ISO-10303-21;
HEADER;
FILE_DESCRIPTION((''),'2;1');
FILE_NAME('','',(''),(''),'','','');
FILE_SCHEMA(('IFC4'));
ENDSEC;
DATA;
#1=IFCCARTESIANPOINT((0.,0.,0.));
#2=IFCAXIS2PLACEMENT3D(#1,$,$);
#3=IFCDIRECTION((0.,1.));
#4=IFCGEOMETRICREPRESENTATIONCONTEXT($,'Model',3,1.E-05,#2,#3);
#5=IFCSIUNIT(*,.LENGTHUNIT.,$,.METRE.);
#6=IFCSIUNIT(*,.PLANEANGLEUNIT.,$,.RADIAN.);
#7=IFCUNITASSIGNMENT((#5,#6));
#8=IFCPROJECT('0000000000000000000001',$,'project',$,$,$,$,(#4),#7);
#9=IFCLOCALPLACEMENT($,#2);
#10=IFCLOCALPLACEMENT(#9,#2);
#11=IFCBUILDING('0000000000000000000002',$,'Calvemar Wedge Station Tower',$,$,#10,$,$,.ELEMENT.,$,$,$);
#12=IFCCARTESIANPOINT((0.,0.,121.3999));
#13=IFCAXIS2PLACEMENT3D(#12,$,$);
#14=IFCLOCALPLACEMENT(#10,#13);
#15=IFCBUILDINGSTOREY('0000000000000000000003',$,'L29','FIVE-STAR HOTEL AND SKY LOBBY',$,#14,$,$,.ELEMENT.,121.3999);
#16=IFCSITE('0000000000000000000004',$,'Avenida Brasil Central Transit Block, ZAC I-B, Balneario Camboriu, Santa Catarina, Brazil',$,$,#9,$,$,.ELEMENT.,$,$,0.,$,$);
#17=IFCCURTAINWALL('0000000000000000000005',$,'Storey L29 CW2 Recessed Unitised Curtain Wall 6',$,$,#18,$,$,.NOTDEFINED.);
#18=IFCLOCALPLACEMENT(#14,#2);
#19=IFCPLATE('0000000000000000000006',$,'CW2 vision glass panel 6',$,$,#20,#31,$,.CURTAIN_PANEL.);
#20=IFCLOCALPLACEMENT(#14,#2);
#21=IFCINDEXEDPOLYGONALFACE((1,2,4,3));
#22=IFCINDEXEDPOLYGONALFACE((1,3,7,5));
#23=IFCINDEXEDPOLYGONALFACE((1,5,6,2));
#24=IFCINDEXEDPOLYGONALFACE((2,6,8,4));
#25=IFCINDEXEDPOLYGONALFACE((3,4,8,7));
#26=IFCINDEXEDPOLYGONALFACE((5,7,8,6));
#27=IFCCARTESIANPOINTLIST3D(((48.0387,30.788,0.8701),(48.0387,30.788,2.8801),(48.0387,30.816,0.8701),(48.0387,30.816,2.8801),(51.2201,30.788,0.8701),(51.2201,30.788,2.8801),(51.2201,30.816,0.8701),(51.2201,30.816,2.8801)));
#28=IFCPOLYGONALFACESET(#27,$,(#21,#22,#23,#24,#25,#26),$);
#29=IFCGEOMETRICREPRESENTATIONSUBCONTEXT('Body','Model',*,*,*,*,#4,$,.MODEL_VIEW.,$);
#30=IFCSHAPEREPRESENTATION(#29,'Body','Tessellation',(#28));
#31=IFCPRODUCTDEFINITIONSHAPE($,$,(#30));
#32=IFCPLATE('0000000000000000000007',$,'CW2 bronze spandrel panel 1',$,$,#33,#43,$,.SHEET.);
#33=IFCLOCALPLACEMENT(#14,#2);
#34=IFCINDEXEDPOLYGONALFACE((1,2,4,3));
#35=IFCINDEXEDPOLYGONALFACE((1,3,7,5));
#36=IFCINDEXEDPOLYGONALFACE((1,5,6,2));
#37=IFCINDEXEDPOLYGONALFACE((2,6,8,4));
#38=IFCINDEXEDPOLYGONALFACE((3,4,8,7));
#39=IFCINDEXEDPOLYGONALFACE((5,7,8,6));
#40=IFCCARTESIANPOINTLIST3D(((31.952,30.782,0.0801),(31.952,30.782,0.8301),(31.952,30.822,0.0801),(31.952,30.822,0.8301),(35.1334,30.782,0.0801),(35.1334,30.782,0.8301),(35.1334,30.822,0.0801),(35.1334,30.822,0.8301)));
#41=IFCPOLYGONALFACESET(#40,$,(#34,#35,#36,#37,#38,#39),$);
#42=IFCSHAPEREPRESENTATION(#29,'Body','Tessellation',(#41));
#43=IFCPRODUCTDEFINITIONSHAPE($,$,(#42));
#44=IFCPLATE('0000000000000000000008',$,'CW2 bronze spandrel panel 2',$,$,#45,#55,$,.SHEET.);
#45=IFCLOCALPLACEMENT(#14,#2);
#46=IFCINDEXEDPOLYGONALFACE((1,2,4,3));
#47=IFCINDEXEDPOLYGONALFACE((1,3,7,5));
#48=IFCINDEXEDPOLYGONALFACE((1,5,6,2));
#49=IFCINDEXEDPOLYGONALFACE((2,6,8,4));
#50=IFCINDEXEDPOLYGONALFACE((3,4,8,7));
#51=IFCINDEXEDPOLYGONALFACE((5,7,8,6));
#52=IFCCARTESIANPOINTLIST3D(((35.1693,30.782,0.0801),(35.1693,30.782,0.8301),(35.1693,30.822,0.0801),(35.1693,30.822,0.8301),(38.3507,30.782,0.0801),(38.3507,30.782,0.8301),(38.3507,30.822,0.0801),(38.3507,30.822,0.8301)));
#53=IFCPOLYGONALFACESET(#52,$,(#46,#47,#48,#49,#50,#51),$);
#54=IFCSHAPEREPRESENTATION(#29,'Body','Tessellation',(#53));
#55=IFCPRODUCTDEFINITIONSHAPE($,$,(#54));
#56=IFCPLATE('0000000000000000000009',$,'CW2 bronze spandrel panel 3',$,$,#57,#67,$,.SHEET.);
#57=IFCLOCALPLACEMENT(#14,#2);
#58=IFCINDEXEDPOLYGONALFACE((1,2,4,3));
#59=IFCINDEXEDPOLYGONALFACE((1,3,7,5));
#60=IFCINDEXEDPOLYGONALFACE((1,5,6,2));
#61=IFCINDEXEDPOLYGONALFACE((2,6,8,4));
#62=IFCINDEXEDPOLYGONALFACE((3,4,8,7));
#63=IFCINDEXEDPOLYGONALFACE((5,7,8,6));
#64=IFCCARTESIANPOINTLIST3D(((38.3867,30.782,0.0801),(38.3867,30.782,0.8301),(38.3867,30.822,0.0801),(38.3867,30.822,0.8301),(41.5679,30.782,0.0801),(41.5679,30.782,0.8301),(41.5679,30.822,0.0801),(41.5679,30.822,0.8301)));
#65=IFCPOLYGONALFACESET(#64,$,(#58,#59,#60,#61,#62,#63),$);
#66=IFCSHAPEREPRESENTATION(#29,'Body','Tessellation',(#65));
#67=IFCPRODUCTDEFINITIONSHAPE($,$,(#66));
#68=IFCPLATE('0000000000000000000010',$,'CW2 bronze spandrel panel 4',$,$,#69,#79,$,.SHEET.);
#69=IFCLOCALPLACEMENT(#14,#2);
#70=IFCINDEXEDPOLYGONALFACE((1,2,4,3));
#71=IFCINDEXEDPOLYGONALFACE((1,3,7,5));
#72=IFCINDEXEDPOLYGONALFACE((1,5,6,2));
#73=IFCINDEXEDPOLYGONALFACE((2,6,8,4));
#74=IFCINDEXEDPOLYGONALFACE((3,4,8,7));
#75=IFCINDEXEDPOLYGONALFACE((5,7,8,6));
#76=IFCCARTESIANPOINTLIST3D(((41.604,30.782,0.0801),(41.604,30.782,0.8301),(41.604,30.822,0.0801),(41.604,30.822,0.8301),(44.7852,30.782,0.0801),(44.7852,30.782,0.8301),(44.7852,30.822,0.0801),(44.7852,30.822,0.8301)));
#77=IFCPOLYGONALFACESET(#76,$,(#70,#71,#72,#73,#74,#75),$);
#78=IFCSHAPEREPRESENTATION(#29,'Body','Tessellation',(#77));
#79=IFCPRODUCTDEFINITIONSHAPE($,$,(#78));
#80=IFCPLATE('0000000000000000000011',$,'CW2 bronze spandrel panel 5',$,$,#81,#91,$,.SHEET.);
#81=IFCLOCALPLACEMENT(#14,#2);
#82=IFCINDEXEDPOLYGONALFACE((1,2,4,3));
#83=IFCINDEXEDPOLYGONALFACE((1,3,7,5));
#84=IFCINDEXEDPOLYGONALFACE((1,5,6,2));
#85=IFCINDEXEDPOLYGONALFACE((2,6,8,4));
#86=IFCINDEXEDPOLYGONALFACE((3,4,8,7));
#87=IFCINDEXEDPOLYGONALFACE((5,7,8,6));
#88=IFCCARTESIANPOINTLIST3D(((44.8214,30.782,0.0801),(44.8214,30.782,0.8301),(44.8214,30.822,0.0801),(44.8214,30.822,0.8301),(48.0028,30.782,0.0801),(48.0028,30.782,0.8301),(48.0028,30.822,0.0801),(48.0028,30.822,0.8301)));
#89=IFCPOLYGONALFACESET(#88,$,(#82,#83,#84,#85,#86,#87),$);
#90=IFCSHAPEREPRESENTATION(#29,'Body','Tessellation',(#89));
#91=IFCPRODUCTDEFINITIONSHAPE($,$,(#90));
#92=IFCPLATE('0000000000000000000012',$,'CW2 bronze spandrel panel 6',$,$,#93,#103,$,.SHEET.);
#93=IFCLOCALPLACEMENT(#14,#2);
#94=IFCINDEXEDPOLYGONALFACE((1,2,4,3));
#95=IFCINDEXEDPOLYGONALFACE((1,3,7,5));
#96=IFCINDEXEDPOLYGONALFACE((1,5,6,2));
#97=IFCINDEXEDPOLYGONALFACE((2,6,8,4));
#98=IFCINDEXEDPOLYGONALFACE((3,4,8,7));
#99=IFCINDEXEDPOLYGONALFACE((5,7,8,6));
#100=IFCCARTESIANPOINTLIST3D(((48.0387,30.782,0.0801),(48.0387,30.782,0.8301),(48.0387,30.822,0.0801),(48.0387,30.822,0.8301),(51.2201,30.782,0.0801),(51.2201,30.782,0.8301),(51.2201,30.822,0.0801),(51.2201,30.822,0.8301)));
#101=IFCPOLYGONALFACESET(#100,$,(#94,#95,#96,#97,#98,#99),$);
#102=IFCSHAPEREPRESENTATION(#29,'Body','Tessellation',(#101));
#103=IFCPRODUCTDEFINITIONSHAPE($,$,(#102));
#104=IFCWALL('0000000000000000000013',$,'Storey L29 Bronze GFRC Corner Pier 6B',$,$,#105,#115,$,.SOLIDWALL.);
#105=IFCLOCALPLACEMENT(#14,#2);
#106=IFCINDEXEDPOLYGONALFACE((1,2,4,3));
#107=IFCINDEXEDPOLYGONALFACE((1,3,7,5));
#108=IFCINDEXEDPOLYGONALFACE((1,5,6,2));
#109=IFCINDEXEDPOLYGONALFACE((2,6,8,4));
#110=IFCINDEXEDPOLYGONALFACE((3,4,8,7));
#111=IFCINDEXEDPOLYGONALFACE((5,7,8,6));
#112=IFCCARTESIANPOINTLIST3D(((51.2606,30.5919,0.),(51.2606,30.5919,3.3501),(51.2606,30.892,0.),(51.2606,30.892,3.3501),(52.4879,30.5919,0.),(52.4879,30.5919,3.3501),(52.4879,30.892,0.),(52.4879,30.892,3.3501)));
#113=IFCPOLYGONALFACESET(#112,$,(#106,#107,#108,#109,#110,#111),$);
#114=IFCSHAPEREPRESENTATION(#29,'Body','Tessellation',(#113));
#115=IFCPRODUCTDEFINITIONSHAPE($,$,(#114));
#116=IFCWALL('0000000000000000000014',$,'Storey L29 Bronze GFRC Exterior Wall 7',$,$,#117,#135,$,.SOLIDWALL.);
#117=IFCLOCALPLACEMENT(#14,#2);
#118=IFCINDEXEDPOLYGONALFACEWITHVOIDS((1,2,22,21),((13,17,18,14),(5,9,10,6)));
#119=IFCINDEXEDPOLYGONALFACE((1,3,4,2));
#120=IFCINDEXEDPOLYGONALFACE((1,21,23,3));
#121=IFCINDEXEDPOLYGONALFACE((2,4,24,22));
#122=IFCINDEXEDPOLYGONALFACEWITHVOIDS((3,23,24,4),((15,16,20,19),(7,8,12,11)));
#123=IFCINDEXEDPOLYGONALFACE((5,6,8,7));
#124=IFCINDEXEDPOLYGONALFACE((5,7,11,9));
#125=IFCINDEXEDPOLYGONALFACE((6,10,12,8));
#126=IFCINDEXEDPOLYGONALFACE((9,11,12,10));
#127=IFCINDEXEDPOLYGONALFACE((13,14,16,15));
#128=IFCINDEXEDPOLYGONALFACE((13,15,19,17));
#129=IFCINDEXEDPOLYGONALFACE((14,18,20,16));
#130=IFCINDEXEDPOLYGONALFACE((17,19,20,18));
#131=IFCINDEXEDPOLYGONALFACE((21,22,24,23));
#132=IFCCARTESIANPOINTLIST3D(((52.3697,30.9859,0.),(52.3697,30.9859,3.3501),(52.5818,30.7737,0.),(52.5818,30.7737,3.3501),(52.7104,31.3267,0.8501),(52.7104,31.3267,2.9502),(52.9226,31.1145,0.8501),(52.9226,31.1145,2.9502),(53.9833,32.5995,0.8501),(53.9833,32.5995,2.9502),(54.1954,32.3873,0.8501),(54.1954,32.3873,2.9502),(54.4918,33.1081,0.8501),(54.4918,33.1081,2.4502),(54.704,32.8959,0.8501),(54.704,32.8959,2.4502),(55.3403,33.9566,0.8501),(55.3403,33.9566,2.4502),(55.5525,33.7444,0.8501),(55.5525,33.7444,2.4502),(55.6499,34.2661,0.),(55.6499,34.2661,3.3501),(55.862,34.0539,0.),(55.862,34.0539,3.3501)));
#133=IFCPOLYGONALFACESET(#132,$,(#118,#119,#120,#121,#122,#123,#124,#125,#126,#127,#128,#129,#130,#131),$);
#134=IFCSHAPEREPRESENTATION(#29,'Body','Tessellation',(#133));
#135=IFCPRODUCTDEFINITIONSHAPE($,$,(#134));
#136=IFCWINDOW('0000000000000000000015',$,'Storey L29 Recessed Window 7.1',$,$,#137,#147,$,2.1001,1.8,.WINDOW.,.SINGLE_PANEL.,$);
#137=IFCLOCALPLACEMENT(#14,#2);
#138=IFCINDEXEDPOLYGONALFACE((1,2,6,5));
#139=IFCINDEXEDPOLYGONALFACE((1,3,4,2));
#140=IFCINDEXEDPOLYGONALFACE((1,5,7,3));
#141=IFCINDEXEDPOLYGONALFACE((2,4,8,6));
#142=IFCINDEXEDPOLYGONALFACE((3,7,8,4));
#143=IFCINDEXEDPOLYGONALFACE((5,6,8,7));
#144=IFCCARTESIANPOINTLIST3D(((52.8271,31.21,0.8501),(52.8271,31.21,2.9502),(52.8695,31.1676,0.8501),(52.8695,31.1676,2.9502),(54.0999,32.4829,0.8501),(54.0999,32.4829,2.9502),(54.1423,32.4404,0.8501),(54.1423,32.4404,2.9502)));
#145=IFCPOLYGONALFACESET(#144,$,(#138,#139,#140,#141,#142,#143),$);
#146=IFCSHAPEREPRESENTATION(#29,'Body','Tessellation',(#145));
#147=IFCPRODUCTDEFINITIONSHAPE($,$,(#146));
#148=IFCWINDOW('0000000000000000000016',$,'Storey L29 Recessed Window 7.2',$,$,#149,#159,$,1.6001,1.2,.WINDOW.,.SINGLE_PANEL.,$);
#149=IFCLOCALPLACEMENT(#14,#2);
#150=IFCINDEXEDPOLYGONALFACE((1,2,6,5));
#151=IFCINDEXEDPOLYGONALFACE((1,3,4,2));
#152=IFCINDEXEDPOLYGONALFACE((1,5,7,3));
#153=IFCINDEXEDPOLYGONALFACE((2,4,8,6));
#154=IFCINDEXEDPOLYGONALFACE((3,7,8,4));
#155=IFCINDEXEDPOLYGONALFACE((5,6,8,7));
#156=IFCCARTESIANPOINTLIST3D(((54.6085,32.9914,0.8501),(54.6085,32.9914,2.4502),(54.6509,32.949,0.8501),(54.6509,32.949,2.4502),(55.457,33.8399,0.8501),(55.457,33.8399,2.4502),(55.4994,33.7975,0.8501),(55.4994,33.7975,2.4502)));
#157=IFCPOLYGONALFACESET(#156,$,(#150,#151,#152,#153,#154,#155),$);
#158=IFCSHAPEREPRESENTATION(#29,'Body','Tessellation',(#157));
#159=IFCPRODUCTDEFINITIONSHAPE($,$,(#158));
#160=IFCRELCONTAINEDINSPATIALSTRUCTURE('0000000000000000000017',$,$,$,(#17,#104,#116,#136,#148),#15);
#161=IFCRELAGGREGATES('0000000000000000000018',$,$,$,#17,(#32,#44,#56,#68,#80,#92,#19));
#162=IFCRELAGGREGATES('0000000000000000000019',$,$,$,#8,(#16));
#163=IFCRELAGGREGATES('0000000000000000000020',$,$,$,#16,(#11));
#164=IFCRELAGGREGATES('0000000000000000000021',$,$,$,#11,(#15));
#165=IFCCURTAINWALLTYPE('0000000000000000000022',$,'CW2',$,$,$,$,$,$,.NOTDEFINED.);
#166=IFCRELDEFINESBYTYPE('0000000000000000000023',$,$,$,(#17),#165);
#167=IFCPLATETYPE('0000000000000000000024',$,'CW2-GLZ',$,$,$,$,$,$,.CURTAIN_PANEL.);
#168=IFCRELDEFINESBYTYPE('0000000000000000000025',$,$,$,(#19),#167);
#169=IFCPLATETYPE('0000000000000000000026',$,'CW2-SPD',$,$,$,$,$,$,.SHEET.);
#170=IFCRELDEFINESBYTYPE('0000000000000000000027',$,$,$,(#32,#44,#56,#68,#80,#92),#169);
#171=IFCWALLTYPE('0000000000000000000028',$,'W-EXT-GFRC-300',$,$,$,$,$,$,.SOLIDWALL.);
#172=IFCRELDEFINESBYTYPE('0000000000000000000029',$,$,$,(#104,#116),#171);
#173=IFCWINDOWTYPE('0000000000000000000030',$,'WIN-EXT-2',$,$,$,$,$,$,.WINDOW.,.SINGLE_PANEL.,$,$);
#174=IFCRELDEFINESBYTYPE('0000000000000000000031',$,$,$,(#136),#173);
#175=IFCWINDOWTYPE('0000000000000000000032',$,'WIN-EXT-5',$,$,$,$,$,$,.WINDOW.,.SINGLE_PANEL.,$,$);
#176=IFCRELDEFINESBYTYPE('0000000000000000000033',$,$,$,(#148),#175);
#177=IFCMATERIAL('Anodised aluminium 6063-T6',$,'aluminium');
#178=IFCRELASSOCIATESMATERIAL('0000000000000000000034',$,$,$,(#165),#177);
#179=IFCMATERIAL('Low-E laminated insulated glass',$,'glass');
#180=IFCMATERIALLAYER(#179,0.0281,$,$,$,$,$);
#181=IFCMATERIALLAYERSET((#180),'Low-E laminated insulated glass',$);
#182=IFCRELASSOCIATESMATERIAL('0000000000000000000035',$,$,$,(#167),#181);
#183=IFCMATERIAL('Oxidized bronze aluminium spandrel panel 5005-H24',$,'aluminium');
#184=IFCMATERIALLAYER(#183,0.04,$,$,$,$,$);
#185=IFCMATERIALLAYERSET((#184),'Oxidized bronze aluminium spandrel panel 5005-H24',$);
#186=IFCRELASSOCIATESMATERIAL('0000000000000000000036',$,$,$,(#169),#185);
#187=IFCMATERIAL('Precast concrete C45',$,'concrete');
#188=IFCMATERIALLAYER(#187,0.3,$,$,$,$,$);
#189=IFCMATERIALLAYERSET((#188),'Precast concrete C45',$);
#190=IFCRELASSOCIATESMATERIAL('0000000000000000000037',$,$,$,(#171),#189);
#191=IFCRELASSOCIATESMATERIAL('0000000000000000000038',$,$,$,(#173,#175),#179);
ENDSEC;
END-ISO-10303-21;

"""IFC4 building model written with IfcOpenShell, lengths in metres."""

from ifc_helpers import new_model, si_unit, direction, frame, frame_2d, origin, place, context, subcontext, project, spatial, rectangle, extrude, source, transform, mapped, material, layer, layer_set, type_object, element, fill, aggregate, save


model = new_model("IFC4")

# Units and contexts
model_context = context("Model", 3, precision=1e-05, world=origin(), true_north=direction((0.0, 1.0)))
body_context = subcontext(model_context, "Body", "Model", "MODEL_VIEW")
ifc_project = project(units=[si_unit("LENGTHUNIT", "METRE"), si_unit("PLANEANGLEUNIT", "RADIAN")], contexts=[model_context])

# Site, building, storey
site_placement = place(None, origin())
site = spatial("IfcSite", under=ifc_project, at=site_placement, Name="Avenida Brasil Central Transit Block, ZAC I-B, Balneario Camboriu, Santa Catarina, Brazil", CompositionType="ELEMENT", RefElevation=0.0)
building_placement = place(site_placement, origin())
building = spatial("IfcBuilding", under=site, at=building_placement, Name="Calvemar Wedge Station Tower", CompositionType="ELEMENT")
storey_placement = place(building_placement, frame((0.0, 0.0, 121.3999)))
storey = spatial("IfcBuildingStorey", under=building, at=storey_placement, Name="L29", Description="FIVE-STAR HOTEL AND SKY LOBBY", CompositionType="ELEMENT", Elevation=121.3999)

# Curtain wall, plates
ifc_material_1 = material(Name="Anodised aluminium 6063-T6", Category="aluminium")
curtain_wall_type = type_object("IfcCurtainWallType", Name="CW2", PredefinedType="NOTDEFINED", material=ifc_material_1)
curtain_wall_placement = place(storey_placement, origin())
curtain_wall = element("IfcCurtainWall", 1, at=curtain_wall_placement, inside=storey, type_object=curtain_wall_type, Name="Storey L29 CW2 Recessed Unitised Curtain Wall 6", PredefinedType="NOTDEFINED")
ifc_material_2 = material(Name="Low-E laminated insulated glass", Category="glass")
ifc_layer_1 = layer(ifc_material_2, 0.0281)
ifc_layer_set_1 = layer_set([ifc_layer_1], Name="Low-E laminated insulated glass")
plate_type_1 = type_object("IfcPlateType", Name="CW2-GLZ", PredefinedType="CURTAIN_PANEL", material=ifc_layer_set_1)
plate_1_placement = place(storey_placement, frame((48.0386, 30.802, 0.8701), z_axis=(0.0, 0.0, 1.0), x_axis=(1.0, 0.0, 0.0)))
plate_1 = element("IfcPlate", 2, at=plate_1_placement, type_object=plate_type_1, Name="CW2 vision glass panel 6", PredefinedType="CURTAIN_PANEL", context=body_context, shape_type="SweptSolid", body=[
    extrude(rectangle(XDim=3.1814, YDim=0.0281, at=frame_2d((1.5908, 0.0))), origin(), (0.0, 0.0, 1.0), 2.01),
])
ifc_material_3 = material(Name="Oxidized bronze aluminium spandrel panel 5005-H24", Category="aluminium")
ifc_layer_2 = layer(ifc_material_3, 0.04)
ifc_layer_set_2 = layer_set([ifc_layer_2], Name="Oxidized bronze aluminium spandrel panel 5005-H24")
plate_type_2 = type_object("IfcPlateType", Name="CW2-SPD", PredefinedType="SHEET", material=ifc_layer_set_2)
plate_2_placement = place(storey_placement, frame((31.9519, 30.802, 0.0801), z_axis=(0.0, 0.0, 1.0), x_axis=(1.0, 0.0, 0.0)))
plate_2 = element("IfcPlate", 3, at=plate_2_placement, type_object=plate_type_2, Name="CW2 bronze spandrel panel 1", PredefinedType="SHEET", context=body_context, shape_type="SweptSolid", body=[
    extrude(rectangle(XDim=3.1814, YDim=0.04, at=frame_2d((1.5908, 0.0))), origin(), (0.0, 0.0, 1.0), 0.75),
])
plate_3_placement = place(storey_placement, frame((35.1692, 30.802, 0.0801), z_axis=(0.0, 0.0, 1.0), x_axis=(1.0, 0.0, 0.0)))
plate_3 = element("IfcPlate", 4, at=plate_3_placement, type_object=plate_type_2, Name="CW2 bronze spandrel panel 2", PredefinedType="SHEET", context=body_context, shape_type="SweptSolid", body=[
    extrude(rectangle(XDim=3.1814, YDim=0.04, at=frame_2d((1.5908, 0.0))), origin(), (0.0, 0.0, 1.0), 0.75),
])
plate_4_placement = place(storey_placement, frame((38.3867, 30.802, 0.0801), z_axis=(0.0, 0.0, 1.0), x_axis=(1.0, 0.0, 0.0)))
plate_4 = element("IfcPlate", 5, at=plate_4_placement, type_object=plate_type_2, Name="CW2 bronze spandrel panel 3", PredefinedType="SHEET", context=body_context, shape_type="SweptSolid", body=[
    extrude(rectangle(XDim=3.1812, YDim=0.04, at=frame_2d((1.5906, 0.0))), origin(), (0.0, 0.0, 1.0), 0.75),
])
plate_5_placement = place(storey_placement, frame((41.604, 30.802, 0.0801), z_axis=(0.0, 0.0, 1.0), x_axis=(1.0, 0.0, 0.0)))
plate_5 = element("IfcPlate", 6, at=plate_5_placement, type_object=plate_type_2, Name="CW2 bronze spandrel panel 4", PredefinedType="SHEET", context=body_context, shape_type="SweptSolid", body=[
    extrude(rectangle(XDim=3.1812, YDim=0.04, at=frame_2d((1.5906, 0.0))), origin(), (0.0, 0.0, 1.0), 0.75),
])
plate_6_placement = place(storey_placement, frame((44.8213, 30.802, 0.0801), z_axis=(0.0, 0.0, 1.0), x_axis=(1.0, 0.0, 0.0)))
plate_6 = element("IfcPlate", 7, at=plate_6_placement, type_object=plate_type_2, Name="CW2 bronze spandrel panel 5", PredefinedType="SHEET", context=body_context, shape_type="SweptSolid", body=[
    extrude(rectangle(XDim=3.1814, YDim=0.04, at=frame_2d((1.5908, 0.0))), origin(), (0.0, 0.0, 1.0), 0.75),
])
plate_7_placement = place(storey_placement, frame((48.0386, 30.802, 0.0801), z_axis=(0.0, 0.0, 1.0), x_axis=(1.0, 0.0, 0.0)))
plate_7 = element("IfcPlate", 8, at=plate_7_placement, type_object=plate_type_2, Name="CW2 bronze spandrel panel 6", PredefinedType="SHEET", context=body_context, shape_type="SweptSolid", body=[
    extrude(rectangle(XDim=3.1814, YDim=0.04, at=frame_2d((1.5908, 0.0))), origin(), (0.0, 0.0, 1.0), 0.75),
])
aggregate(curtain_wall, [plate_2, plate_3, plate_4, plate_5, plate_6, plate_7, plate_1])

# Wall
ifc_material_4 = material(Name="Precast concrete C45", Category="concrete")
ifc_layer_3 = layer(ifc_material_4, 0.3)
ifc_layer_set_3 = layer_set([ifc_layer_3], Name="Precast concrete C45")
wall_type_1 = type_object("IfcWallType", Name="W-EXT-GFRC-300", PredefinedType="SOLIDWALL", material=ifc_layer_set_3)
wall_1_placement = place(storey_placement, frame((51.2605, 30.7419, 0.0), z_axis=(0.0, 0.0, 1.0), x_axis=(1.0, 0.0, 0.0)))
element("IfcWall", 9, at=wall_1_placement, inside=storey, type_object=wall_type_1, Name="Storey L29 Bronze GFRC Corner Pier 6B", PredefinedType="SOLIDWALL", context=body_context, shape_type="SweptSolid", body=[
    extrude(rectangle(XDim=1.2273, YDim=0.3, at=frame_2d((0.6138, 0.0))), origin(), (0.0, 0.0, 1.0), 3.3501),
])

# Wall, openings, windows
wall_2_placement = place(storey_placement, frame((52.4758, 30.8799, 0.0), z_axis=(0.0, 0.0, 1.0), x_axis=(0.707107, 0.707107, 0.0)))
wall_2 = element("IfcWall", 10, at=wall_2_placement, inside=storey, type_object=wall_type_1, Name="Storey L29 Bronze GFRC Exterior Wall 7", PredefinedType="SOLIDWALL", context=body_context, shape_type="SweptSolid", body=[
    extrude(rectangle(XDim=4.6389, YDim=0.3, at=frame_2d((2.3193, 0.0))), origin(), (0.0, 0.0, 1.0), 3.3501),
])
shared_shape_1 = source(origin(), body_context, "Body", "SweptSolid", [
    extrude(rectangle(XDim=1.8, YDim=2.1001, at=frame_2d((0.8999, 1.05))), frame((0.0, 0.1602, 0.0), z_axis=(0.0, -1.0, 0.0), x_axis=(1.0, 0.0, 0.0)), (0.0, 0.0, 1.0), 0.3201),
])
opening_1_placement = place(wall_2_placement, frame((0.4819, 0.0, 0.8501)))
opening_1 = element("IfcOpeningElement", 11, at=opening_1_placement, cuts=wall_2, PredefinedType="OPENING", context=body_context, shape_type="MappedRepresentation", body=[
    mapped(shared_shape_1, transform((0.0, 0.0, 0.0), scale=1.0)),
])
shared_shape_2 = source(origin(), body_context, "Body", "SweptSolid", [
    extrude(rectangle(XDim=1.2, YDim=1.6001, at=frame_2d((0.6001, 0.8))), frame((0.0, 0.1602, 0.0), z_axis=(0.0, -1.0, 0.0), x_axis=(1.0, 0.0, 0.0)), (0.0, 0.0, 1.0), 0.3201),
])
opening_2_placement = place(wall_2_placement, frame((3.001, 0.0, 0.8501)))
opening_2 = element("IfcOpeningElement", 12, at=opening_2_placement, cuts=wall_2, PredefinedType="OPENING", context=body_context, shape_type="MappedRepresentation", body=[
    mapped(shared_shape_2, transform((0.0, 0.0, 0.0), scale=1.0)),
])
window_type_1 = type_object("IfcWindowType", Name="WIN-EXT-2", PartitioningType="SINGLE_PANEL", PredefinedType="WINDOW", material=ifc_material_2)
shared_shape_3 = source(origin(), body_context, "Body", "SweptSolid", [
    extrude(rectangle(XDim=1.8, YDim=2.1001, at=frame_2d((0.8999, 1.05))), frame((0.0, -0.0149, 0.0), z_axis=(0.0, -1.0, 0.0), x_axis=(1.0, 0.0, 0.0)), (0.0, 0.0, 1.0), 0.0601),
])
window_1_placement = place(opening_1_placement, origin())
window_1 = element("IfcWindow", 13, at=window_1_placement, inside=storey, type_object=window_type_1, Name="Storey L29 Recessed Window 7.1", OverallHeight=2.1001, OverallWidth=1.8, PartitioningType="SINGLE_PANEL", PredefinedType="WINDOW", context=body_context, shape_type="MappedRepresentation", body=[
    mapped(shared_shape_3, transform((0.0, 0.0, 0.0), scale=1.0)),
])
fill(opening_1, window_1)
window_type_2 = type_object("IfcWindowType", Name="WIN-EXT-5", PartitioningType="SINGLE_PANEL", PredefinedType="WINDOW", material=ifc_material_2)
shared_shape_4 = source(origin(), body_context, "Body", "SweptSolid", [
    extrude(rectangle(XDim=1.2, YDim=1.6001, at=frame_2d((0.6001, 0.8))), frame((0.0, -0.0149, 0.0), z_axis=(0.0, -1.0, 0.0), x_axis=(1.0, 0.0, 0.0)), (0.0, 0.0, 1.0), 0.0601),
])
window_2_placement = place(opening_2_placement, origin())
window_2 = element("IfcWindow", 14, at=window_2_placement, inside=storey, type_object=window_type_2, Name="Storey L29 Recessed Window 7.2", OverallHeight=1.6001, OverallWidth=1.2, PartitioningType="SINGLE_PANEL", PredefinedType="WINDOW", context=body_context, shape_type="MappedRepresentation", body=[
    mapped(shared_shape_4, transform((0.0, 0.0, 0.0), scale=1.0)),
])
fill(opening_2, window_2)

save(model, "model.ifc")
